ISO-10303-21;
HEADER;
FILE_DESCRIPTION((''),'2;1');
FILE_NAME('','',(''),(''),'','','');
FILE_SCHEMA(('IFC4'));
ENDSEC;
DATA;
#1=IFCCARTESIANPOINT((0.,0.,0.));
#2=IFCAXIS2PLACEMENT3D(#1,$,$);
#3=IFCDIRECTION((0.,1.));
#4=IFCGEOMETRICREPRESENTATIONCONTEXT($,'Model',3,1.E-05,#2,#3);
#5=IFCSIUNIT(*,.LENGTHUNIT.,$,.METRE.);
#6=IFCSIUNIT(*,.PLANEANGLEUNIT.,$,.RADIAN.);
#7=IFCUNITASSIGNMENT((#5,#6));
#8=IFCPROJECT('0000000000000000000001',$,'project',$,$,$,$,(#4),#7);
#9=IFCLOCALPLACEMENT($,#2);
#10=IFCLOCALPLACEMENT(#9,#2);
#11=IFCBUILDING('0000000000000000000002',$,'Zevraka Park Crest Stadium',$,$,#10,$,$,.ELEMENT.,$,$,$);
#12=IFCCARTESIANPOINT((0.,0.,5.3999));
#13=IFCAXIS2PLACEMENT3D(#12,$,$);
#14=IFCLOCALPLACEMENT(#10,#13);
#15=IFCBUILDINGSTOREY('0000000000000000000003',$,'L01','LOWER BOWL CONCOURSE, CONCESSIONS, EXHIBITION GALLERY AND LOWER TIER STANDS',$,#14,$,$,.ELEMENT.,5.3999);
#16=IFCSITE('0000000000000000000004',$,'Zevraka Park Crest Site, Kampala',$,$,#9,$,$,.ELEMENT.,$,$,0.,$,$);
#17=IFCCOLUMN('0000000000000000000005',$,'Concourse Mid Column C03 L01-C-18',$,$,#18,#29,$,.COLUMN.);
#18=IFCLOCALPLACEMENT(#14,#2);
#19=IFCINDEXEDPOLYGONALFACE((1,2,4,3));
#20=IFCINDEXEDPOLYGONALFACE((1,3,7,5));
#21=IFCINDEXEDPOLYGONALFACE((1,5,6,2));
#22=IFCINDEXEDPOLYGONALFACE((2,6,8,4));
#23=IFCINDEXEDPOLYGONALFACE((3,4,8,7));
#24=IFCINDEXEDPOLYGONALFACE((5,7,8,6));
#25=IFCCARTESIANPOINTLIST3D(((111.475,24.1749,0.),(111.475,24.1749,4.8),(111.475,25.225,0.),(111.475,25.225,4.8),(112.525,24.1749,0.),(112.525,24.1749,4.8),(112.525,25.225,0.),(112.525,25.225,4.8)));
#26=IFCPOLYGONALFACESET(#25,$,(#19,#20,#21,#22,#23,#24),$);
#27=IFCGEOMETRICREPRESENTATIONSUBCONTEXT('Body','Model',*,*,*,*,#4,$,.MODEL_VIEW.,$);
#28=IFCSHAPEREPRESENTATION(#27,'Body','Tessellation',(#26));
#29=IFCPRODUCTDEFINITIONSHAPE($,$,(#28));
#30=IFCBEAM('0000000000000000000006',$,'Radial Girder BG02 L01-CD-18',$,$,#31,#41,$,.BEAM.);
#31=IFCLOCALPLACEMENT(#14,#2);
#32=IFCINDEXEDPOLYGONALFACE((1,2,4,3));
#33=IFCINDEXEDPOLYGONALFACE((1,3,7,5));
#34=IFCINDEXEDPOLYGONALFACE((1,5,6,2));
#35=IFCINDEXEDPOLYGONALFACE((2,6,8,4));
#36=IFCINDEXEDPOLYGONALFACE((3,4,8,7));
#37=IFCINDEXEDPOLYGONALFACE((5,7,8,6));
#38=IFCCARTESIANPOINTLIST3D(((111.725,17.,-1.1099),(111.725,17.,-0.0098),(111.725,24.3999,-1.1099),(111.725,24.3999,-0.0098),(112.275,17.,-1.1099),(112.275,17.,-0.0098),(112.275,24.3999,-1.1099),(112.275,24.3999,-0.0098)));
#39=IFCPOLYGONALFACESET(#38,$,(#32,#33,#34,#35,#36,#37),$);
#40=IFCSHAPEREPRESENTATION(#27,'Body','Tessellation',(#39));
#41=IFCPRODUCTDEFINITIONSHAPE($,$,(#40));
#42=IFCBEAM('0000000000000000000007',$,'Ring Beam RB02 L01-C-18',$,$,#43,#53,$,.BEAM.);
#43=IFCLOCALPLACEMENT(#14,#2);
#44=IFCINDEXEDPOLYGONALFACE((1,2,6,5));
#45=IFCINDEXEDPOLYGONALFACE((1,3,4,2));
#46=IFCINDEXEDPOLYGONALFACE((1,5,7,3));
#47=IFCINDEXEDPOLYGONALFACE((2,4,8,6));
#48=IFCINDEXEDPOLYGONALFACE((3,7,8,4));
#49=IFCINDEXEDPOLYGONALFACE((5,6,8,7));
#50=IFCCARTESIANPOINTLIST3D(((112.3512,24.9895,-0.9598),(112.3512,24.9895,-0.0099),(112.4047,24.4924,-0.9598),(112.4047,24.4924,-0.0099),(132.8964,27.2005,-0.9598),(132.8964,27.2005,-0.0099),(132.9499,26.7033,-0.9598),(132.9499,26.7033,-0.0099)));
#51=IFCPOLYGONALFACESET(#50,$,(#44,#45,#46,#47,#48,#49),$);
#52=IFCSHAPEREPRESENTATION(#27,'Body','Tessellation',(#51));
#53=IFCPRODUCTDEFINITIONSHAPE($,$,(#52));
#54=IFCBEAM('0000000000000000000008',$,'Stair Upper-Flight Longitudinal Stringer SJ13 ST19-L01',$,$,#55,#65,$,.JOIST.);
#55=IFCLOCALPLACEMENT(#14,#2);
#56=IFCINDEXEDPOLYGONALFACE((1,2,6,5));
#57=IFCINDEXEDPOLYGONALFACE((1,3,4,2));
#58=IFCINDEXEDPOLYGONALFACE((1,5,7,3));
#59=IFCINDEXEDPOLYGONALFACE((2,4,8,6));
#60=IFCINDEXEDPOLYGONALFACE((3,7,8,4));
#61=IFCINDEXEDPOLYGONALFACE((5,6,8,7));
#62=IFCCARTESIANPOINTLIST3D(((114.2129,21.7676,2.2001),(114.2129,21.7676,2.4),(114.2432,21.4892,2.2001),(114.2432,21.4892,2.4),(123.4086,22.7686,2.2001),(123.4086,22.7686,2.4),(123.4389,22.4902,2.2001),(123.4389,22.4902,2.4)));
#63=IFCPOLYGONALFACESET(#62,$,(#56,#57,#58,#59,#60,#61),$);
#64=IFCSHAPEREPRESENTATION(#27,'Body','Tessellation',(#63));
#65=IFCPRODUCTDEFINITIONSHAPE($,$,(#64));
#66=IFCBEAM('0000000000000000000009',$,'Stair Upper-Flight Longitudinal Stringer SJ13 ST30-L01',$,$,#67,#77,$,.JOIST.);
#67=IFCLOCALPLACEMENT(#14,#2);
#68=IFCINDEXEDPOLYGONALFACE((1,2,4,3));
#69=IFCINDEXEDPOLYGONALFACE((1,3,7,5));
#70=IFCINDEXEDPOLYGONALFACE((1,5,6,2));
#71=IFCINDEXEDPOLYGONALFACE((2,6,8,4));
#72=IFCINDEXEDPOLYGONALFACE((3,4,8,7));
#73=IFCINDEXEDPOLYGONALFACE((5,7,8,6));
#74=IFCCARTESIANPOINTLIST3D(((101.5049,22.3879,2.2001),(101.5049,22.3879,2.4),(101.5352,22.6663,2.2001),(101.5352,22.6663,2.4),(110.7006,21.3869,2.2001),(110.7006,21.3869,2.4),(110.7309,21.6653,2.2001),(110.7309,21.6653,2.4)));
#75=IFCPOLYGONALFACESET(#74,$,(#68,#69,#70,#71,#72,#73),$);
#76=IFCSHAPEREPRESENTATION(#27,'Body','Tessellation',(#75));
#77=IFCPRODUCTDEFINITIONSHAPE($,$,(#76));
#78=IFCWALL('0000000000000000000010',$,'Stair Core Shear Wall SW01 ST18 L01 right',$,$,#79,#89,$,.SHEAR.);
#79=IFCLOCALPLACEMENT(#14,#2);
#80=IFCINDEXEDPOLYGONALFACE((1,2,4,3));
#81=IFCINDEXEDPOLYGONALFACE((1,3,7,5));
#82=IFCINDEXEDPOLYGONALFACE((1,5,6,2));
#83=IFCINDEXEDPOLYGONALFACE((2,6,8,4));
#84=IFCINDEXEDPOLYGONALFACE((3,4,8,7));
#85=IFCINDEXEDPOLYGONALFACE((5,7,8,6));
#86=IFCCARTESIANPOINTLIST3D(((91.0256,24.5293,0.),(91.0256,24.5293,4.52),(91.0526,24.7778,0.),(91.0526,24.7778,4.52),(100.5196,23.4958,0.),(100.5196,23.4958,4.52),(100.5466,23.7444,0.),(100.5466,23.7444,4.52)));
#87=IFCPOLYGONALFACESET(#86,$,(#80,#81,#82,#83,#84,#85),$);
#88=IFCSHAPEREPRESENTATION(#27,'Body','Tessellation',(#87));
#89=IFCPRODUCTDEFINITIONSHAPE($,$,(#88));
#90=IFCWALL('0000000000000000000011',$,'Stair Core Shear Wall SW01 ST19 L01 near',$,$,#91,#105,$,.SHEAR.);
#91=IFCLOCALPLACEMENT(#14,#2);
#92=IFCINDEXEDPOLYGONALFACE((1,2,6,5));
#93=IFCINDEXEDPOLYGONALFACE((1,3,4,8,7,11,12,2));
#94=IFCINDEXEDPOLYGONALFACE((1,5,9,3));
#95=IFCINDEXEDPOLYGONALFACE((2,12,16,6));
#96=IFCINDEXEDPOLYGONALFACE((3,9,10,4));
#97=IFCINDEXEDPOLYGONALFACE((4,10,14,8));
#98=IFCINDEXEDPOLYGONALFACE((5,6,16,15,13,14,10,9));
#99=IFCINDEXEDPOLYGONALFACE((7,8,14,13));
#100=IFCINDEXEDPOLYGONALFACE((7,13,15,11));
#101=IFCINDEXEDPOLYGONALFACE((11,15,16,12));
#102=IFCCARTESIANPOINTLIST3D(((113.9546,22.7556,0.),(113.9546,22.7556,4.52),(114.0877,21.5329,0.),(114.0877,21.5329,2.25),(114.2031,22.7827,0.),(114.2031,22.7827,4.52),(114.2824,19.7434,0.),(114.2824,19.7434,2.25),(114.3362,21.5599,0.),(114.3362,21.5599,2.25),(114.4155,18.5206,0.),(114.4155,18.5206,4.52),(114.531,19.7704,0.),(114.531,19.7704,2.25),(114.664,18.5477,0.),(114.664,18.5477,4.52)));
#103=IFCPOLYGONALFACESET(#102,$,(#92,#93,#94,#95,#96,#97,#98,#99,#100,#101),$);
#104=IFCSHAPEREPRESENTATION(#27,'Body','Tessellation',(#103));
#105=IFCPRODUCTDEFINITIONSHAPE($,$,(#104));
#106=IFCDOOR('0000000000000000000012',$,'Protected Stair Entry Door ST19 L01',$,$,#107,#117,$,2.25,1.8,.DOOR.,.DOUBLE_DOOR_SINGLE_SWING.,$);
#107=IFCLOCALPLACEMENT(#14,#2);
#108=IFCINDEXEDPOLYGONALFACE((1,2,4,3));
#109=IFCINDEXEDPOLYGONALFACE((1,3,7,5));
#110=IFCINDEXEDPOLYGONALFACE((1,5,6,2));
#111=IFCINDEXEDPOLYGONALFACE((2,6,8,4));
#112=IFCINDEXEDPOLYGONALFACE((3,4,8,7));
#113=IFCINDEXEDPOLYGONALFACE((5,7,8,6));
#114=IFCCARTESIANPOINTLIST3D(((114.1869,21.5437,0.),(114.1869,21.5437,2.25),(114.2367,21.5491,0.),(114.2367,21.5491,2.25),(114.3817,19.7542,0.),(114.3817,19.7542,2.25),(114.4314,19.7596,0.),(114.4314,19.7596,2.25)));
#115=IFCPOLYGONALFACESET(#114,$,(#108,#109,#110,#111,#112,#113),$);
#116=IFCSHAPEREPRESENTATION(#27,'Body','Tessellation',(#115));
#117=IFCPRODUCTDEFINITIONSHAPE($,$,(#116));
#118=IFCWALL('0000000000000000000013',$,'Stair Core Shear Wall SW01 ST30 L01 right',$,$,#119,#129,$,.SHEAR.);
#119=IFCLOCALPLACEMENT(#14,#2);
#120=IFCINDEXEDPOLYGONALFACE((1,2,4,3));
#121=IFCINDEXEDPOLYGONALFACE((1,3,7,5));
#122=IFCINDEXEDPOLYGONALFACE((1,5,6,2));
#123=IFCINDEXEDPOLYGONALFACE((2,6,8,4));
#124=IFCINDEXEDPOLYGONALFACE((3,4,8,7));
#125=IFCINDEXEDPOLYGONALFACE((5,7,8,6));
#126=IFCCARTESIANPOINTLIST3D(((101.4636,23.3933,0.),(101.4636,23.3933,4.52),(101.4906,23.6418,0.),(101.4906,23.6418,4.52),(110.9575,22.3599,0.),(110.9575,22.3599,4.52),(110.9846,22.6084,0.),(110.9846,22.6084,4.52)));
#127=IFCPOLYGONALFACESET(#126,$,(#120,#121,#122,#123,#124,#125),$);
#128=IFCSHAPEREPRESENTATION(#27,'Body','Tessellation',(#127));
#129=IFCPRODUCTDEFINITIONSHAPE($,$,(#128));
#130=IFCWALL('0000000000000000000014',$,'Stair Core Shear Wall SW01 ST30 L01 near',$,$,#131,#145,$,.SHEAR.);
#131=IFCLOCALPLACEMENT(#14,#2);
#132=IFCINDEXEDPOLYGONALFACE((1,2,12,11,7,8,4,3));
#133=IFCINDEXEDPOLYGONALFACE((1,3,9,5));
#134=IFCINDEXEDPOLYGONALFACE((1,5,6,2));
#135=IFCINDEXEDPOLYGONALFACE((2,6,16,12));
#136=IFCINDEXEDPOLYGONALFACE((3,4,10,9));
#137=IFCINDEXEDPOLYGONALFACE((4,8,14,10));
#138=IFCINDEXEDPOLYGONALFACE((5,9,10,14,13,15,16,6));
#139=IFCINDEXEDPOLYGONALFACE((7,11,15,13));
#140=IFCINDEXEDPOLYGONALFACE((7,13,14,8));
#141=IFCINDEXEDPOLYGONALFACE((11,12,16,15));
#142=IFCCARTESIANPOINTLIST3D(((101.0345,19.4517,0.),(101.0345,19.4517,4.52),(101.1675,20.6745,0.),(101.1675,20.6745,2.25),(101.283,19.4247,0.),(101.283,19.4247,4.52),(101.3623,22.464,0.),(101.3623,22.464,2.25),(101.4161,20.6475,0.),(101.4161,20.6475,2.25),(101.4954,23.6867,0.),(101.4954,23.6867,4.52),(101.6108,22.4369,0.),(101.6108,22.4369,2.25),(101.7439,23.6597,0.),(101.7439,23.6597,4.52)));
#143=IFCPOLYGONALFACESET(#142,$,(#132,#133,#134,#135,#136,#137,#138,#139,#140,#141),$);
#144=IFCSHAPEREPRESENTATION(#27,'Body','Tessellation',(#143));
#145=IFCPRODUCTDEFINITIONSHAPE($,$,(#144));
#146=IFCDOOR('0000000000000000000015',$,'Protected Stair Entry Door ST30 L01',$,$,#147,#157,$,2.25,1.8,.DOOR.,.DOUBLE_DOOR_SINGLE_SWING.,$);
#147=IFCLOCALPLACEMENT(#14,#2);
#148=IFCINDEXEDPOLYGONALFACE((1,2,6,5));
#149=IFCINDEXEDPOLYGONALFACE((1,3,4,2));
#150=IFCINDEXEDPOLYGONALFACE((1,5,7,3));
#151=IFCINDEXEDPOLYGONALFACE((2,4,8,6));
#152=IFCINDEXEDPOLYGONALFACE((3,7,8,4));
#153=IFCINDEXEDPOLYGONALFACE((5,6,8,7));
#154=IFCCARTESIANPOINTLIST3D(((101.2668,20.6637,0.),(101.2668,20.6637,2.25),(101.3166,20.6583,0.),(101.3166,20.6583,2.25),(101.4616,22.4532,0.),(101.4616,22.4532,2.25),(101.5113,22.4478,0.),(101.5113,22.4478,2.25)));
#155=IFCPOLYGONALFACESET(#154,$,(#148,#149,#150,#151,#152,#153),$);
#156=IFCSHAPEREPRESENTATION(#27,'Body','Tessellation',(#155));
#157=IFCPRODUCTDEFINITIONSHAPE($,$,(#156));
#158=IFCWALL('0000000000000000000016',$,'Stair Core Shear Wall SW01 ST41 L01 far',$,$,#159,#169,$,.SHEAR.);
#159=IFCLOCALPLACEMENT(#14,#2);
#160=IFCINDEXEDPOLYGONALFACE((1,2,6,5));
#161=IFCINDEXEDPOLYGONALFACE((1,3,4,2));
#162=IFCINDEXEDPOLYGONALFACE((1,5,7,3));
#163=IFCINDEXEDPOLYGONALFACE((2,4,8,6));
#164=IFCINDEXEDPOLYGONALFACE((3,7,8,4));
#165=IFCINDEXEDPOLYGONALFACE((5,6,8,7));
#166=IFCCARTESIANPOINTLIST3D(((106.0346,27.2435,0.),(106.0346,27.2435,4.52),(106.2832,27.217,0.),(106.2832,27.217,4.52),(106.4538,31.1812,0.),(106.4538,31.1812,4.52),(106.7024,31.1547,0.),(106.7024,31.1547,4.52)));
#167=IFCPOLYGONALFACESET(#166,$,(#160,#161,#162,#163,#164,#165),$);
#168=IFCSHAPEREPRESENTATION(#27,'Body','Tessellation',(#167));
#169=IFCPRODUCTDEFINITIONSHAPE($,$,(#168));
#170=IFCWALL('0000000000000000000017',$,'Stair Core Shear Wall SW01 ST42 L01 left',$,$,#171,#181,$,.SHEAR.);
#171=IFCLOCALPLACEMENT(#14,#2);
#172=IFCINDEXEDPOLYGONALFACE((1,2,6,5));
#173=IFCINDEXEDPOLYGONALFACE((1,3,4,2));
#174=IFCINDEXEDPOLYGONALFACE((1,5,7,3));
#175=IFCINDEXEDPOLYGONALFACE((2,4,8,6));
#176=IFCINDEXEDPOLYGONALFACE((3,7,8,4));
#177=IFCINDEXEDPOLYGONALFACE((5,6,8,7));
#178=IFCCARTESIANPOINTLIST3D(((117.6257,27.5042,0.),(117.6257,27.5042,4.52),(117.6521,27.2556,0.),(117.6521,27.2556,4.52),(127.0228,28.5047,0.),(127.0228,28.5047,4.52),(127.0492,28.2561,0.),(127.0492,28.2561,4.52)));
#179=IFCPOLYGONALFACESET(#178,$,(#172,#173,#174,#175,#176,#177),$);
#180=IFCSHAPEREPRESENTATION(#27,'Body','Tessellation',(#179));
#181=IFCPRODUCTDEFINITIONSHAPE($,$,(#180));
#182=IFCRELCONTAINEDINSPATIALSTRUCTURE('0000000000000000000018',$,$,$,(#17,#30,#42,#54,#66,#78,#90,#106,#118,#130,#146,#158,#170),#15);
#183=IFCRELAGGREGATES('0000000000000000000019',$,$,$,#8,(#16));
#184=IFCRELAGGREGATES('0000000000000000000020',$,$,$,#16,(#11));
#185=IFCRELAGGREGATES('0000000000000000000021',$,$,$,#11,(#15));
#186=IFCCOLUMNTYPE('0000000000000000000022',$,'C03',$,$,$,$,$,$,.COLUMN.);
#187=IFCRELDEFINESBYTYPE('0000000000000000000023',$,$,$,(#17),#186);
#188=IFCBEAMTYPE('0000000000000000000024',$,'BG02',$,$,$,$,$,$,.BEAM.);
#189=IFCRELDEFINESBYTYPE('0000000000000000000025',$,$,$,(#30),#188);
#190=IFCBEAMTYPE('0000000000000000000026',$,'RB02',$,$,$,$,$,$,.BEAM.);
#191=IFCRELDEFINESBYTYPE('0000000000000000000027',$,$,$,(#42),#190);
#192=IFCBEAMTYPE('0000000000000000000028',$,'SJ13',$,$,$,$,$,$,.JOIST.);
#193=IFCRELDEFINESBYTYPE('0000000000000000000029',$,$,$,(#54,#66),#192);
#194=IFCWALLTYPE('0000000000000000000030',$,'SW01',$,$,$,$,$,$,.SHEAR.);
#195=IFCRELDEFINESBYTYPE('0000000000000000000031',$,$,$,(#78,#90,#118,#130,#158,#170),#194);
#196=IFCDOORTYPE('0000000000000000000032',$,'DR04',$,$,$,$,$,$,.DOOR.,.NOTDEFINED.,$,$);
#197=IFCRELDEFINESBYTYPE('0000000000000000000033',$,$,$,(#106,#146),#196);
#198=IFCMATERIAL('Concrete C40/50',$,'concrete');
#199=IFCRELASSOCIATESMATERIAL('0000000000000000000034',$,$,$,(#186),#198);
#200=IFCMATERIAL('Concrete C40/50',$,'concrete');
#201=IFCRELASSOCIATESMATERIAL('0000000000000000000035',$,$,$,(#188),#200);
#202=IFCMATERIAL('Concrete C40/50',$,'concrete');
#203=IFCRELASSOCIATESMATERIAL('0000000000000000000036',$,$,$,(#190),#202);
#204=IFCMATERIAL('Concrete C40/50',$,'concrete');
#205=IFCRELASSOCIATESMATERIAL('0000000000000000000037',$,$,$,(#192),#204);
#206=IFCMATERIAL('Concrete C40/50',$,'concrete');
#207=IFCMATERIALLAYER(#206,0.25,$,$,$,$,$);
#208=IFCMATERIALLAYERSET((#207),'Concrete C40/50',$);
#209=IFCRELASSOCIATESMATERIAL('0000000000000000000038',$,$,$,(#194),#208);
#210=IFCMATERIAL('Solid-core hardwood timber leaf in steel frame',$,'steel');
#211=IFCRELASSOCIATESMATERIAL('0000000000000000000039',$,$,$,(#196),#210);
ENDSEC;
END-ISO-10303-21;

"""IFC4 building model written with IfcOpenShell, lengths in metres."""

from ifc_helpers import new_model, si_unit, direction, frame, frame_2d, origin, origin_2d, place, context, subcontext, project, spatial, rectangle, extrude, material, layer, layer_set, material_profile, profile_set, type_object, element, fill, save


model = new_model("IFC4")

# Units and contexts
model_context = context("Model", 3, precision=1e-05, world=origin(), true_north=direction((0.0, 1.0)))
body_context = subcontext(model_context, "Body", "Model", "MODEL_VIEW")
ifc_project = project(units=[si_unit("LENGTHUNIT", "METRE"), si_unit("PLANEANGLEUNIT", "RADIAN")], contexts=[model_context])

# Site, building, storey
site_placement = place(None, origin())
site = spatial("IfcSite", under=ifc_project, at=site_placement, Name="Zevraka Park Crest Site, Kampala", CompositionType="ELEMENT", RefElevation=0.0)
building_placement = place(site_placement, origin())
building = spatial("IfcBuilding", under=site, at=building_placement, Name="Zevraka Park Crest Stadium", CompositionType="ELEMENT")
storey_placement = place(building_placement, frame((0.0, 0.0, 5.3999)))
storey = spatial("IfcBuildingStorey", under=building, at=storey_placement, Name="L01", Description="LOWER BOWL CONCOURSE, CONCESSIONS, EXHIBITION GALLERY AND LOWER TIER STANDS", CompositionType="ELEMENT", Elevation=5.3999)

# Column
ifc_material_1 = material(Name="Concrete C40/50", Category="concrete")
ifc_material_profile_1 = material_profile(ifc_material_1, rectangle(XDim=1.05, YDim=1.05, at=origin_2d()), Name="RC 1050x1050")
ifc_profile_set_1 = profile_set([ifc_material_profile_1], Name="Concrete C40/50")
column_type = type_object("IfcColumnType", Name="C03", PredefinedType="COLUMN", material=ifc_profile_set_1)
column_placement = place(storey_placement, frame((112.0, 24.7, 0.0), z_axis=(0.0, 0.0, 1.0), x_axis=(0.0, 1.0, 0.0)))
element("IfcColumn", 1, at=column_placement, inside=storey, type_object=column_type, Name="Concourse Mid Column C03 L01-C-18", PredefinedType="COLUMN", context=body_context, shape_type="SweptSolid", body=[
    extrude(rectangle(XDim=1.05, YDim=1.05, at=origin_2d()), origin(), (0.0, 0.0, 1.0), 4.8),
])

# Beams
ifc_material_2 = material(Name="Concrete C40/50", Category="concrete")
ifc_material_profile_2 = material_profile(ifc_material_2, rectangle(XDim=0.55, YDim=1.1001, at=origin_2d()), Name="RC 1100x550")
ifc_profile_set_2 = profile_set([ifc_material_profile_2], Name="Concrete C40/50")
beam_type_1 = type_object("IfcBeamType", Name="BG02", PredefinedType="BEAM", material=ifc_profile_set_2)
beam_1_placement = place(storey_placement, frame((112.0, 24.3999, -0.5598), z_axis=(0.0, -1.0, 0.0), x_axis=(1.0, 0.0, 0.0)))
element("IfcBeam", 2, at=beam_1_placement, inside=storey, type_object=beam_type_1, Name="Radial Girder BG02 L01-CD-18", PredefinedType="BEAM", context=body_context, shape_type="SweptSolid", body=[
    extrude(rectangle(XDim=0.55, YDim=1.1001, at=origin_2d()), origin(), (0.0, 0.0, 1.0), 7.3999),
])
ifc_material_3 = material(Name="Concrete C40/50", Category="concrete")
ifc_material_profile_3 = material_profile(ifc_material_3, rectangle(XDim=0.5, YDim=0.95, at=origin_2d()), Name="RC 950x500")
ifc_profile_set_3 = profile_set([ifc_material_profile_3], Name="Concrete C40/50")
beam_type_2 = type_object("IfcBeamType", Name="RB02", PredefinedType="BEAM", material=ifc_profile_set_3)
beam_2_placement = place(storey_placement, frame((112.3779, 24.741, -0.4849), z_axis=(0.994259, 0.106996, 0.0), x_axis=(-0.106996, 0.994259, 0.0)))
element("IfcBeam", 3, at=beam_2_placement, inside=storey, type_object=beam_type_2, Name="Ring Beam RB02 L01-C-18", PredefinedType="BEAM", context=body_context, shape_type="SweptSolid", body=[
    extrude(rectangle(XDim=0.5, YDim=0.95, at=origin_2d()), origin(), (0.0, 0.0, 1.0), 20.6638),
])
ifc_material_4 = material(Name="Concrete C40/50", Category="concrete")
ifc_material_profile_4 = material_profile(ifc_material_4, rectangle(XDim=0.28, YDim=0.2, at=origin_2d()), Name="RC 200x280")
ifc_profile_set_4 = profile_set([ifc_material_profile_4], Name="Concrete C40/50")
beam_type_3 = type_object("IfcBeamType", Name="SJ13", PredefinedType="JOIST", material=ifc_profile_set_4)
for number, where, z_axis, x_axis, name in (
    (4, (114.228, 21.6284, 2.3), (0.994128, 0.108212, 0.0), (-0.108212, 0.994128, 0.0), "Stair Upper-Flight Longitudinal Stringer SJ13 ST19-L01"),
    (5, (101.52, 22.5271, 2.3), (0.994128, -0.108212, 0.0), (0.108212, 0.994128, 0.0), "Stair Upper-Flight Longitudinal Stringer SJ13 ST30-L01"),
):
    element("IfcBeam", number, at=place(storey_placement, frame(where, z_axis=z_axis, x_axis=x_axis)), inside=storey, type_object=beam_type_3, Name=name, PredefinedType="JOIST", context=body_context, shape_type="SweptSolid", body=[
        extrude(rectangle(XDim=0.28, YDim=0.2, at=origin_2d()), origin(), (0.0, 0.0, 1.0), 9.25),
    ])

# Wall
ifc_material_5 = material(Name="Concrete C40/50", Category="concrete")
ifc_layer = layer(ifc_material_5, 0.25)
ifc_layer_set = layer_set([ifc_layer], Name="Concrete C40/50")
wall_type = type_object("IfcWallType", Name="SW01", PredefinedType="SHEAR", material=ifc_layer_set)
wall_1_placement = place(storey_placement, frame((100.533, 23.6201, 0.0), z_axis=(0.0, 0.0, 1.0), x_axis=(-0.994128, 0.108215, 0.0)))
element("IfcWall", 6, at=wall_1_placement, inside=storey, type_object=wall_type, Name="Stair Core Shear Wall SW01 ST18 L01 right", PredefinedType="SHEAR", context=body_context, shape_type="SweptSolid", body=[
    extrude(rectangle(XDim=9.55, YDim=0.25, at=frame_2d((4.7749, 0.0))), origin(), (0.0, 0.0, 1.0), 4.52),
])

# Wall, opening, door
wall_2_placement = place(storey_placement, frame((114.0789, 22.769, 0.0), z_axis=(0.0, 0.0, 1.0), x_axis=(0.108198, -0.994129, 0.0)))
wall_2 = element("IfcWall", 7, at=wall_2_placement, inside=storey, type_object=wall_type, Name="Stair Core Shear Wall SW01 ST19 L01 near", PredefinedType="SHEAR", context=body_context, shape_type="SweptSolid", body=[
    extrude(rectangle(XDim=4.26, YDim=0.25, at=frame_2d((2.1299, 0.0))), origin(), (0.0, 0.0, 1.0), 4.52),
])
opening_1_placement = place(wall_2_placement, frame((1.23, 0.0, 0.0)))
opening_1 = element("IfcOpeningElement", 8, at=opening_1_placement, cuts=wall_2, PredefinedType="OPENING", context=body_context, shape_type="SweptSolid", body=[
    extrude(rectangle(XDim=1.8, YDim=2.25, at=frame_2d((0.8999, 1.125))), frame((0.0, 0.135, 0.0), z_axis=(0.0, -1.0, 0.0), x_axis=(1.0, 0.0, 0.0)), (0.0, 0.0, 1.0), 0.27),
])
ifc_material_6 = material(Name="Solid-core hardwood timber leaf in steel frame", Category="steel")
door_type = type_object("IfcDoorType", Name="DR04", OperationType="NOTDEFINED", PredefinedType="DOOR", material=ifc_material_6)
door_1_placement = place(opening_1_placement, origin())
door_1 = element("IfcDoor", 9, at=door_1_placement, inside=storey, type_object=door_type, Name="Protected Stair Entry Door ST19 L01", OperationType="DOUBLE_DOOR_SINGLE_SWING", OverallHeight=2.25, OverallWidth=1.8, PredefinedType="DOOR", context=body_context, shape_type="SweptSolid", body=[
    extrude(rectangle(XDim=1.8, YDim=2.25, at=frame_2d((0.8999, 1.125))), frame((0.0, 0.0249, 0.0), z_axis=(0.0, -1.0, 0.0), x_axis=(1.0, 0.0, 0.0)), (0.0, 0.0, 1.0), 0.05),
])
fill(opening_1, door_1)

# Wall
wall_3_placement = place(storey_placement, frame((110.9709, 22.4841, 0.0), z_axis=(0.0, 0.0, 1.0), x_axis=(-0.994128, 0.108215, 0.0)))
element("IfcWall", 10, at=wall_3_placement, inside=storey, type_object=wall_type, Name="Stair Core Shear Wall SW01 ST30 L01 right", PredefinedType="SHEAR", context=body_context, shape_type="SweptSolid", body=[
    extrude(rectangle(XDim=9.55, YDim=0.25, at=frame_2d((4.7749, 0.0))), origin(), (0.0, 0.0, 1.0), 4.52),
])

# Wall, opening, door
wall_4_placement = place(storey_placement, frame((101.6196, 23.6731, 0.0), z_axis=(0.0, 0.0, 1.0), x_axis=(-0.108198, -0.994129, 0.0)))
wall_4 = element("IfcWall", 11, at=wall_4_placement, inside=storey, type_object=wall_type, Name="Stair Core Shear Wall SW01 ST30 L01 near", PredefinedType="SHEAR", context=body_context, shape_type="SweptSolid", body=[
    extrude(rectangle(XDim=4.26, YDim=0.25, at=frame_2d((2.1299, 0.0))), origin(), (0.0, 0.0, 1.0), 4.52),
])
opening_2_placement = place(wall_4_placement, frame((1.23, 0.0, 0.0)))
opening_2 = element("IfcOpeningElement", 12, at=opening_2_placement, cuts=wall_4, PredefinedType="OPENING", context=body_context, shape_type="SweptSolid", body=[
    extrude(rectangle(XDim=1.8, YDim=2.25, at=frame_2d((0.8999, 1.125))), frame((0.0, 0.135, 0.0), z_axis=(0.0, -1.0, 0.0), x_axis=(1.0, 0.0, 0.0)), (0.0, 0.0, 1.0), 0.27),
])
door_2_placement = place(opening_2_placement, origin())
door_2 = element("IfcDoor", 13, at=door_2_placement, inside=storey, type_object=door_type, Name="Protected Stair Entry Door ST30 L01", OperationType="DOUBLE_DOOR_SINGLE_SWING", OverallHeight=2.25, OverallWidth=1.8, PredefinedType="DOOR", context=body_context, shape_type="SweptSolid", body=[
    extrude(rectangle(XDim=1.8, YDim=2.25, at=frame_2d((0.8999, 1.125))), frame((0.0, 0.0249, 0.0), z_axis=(0.0, -1.0, 0.0), x_axis=(1.0, 0.0, 0.0)), (0.0, 0.0, 1.0), 0.05),
])
fill(opening_2, door_2)

# Walls
wall_5_placement = place(storey_placement, frame((106.1589, 27.2302, 0.0), z_axis=(0.0, 0.0, 1.0), x_axis=(0.105856, 0.994381, 0.0)))
element("IfcWall", 14, at=wall_5_placement, inside=storey, type_object=wall_type, Name="Stair Core Shear Wall SW01 ST41 L01 far", PredefinedType="SHEAR", context=body_context, shape_type="SweptSolid", body=[
    extrude(rectangle(XDim=3.96, YDim=0.25, at=frame_2d((1.98, 0.0))), origin(), (0.0, 0.0, 1.0), 4.52),
])
wall_6_placement = place(storey_placement, frame((117.6389, 27.3799, 0.0), z_axis=(0.0, 0.0, 1.0), x_axis=(0.99438, 0.105871, 0.0)))
element("IfcWall", 15, at=wall_6_placement, inside=storey, type_object=wall_type, Name="Stair Core Shear Wall SW01 ST42 L01 left", PredefinedType="SHEAR", context=body_context, shape_type="SweptSolid", body=[
    extrude(rectangle(XDim=9.4502, YDim=0.25, at=frame_2d((4.7251, 0.0))), origin(), (0.0, 0.0, 1.0), 4.52),
])

save(model, "model.ifc")
